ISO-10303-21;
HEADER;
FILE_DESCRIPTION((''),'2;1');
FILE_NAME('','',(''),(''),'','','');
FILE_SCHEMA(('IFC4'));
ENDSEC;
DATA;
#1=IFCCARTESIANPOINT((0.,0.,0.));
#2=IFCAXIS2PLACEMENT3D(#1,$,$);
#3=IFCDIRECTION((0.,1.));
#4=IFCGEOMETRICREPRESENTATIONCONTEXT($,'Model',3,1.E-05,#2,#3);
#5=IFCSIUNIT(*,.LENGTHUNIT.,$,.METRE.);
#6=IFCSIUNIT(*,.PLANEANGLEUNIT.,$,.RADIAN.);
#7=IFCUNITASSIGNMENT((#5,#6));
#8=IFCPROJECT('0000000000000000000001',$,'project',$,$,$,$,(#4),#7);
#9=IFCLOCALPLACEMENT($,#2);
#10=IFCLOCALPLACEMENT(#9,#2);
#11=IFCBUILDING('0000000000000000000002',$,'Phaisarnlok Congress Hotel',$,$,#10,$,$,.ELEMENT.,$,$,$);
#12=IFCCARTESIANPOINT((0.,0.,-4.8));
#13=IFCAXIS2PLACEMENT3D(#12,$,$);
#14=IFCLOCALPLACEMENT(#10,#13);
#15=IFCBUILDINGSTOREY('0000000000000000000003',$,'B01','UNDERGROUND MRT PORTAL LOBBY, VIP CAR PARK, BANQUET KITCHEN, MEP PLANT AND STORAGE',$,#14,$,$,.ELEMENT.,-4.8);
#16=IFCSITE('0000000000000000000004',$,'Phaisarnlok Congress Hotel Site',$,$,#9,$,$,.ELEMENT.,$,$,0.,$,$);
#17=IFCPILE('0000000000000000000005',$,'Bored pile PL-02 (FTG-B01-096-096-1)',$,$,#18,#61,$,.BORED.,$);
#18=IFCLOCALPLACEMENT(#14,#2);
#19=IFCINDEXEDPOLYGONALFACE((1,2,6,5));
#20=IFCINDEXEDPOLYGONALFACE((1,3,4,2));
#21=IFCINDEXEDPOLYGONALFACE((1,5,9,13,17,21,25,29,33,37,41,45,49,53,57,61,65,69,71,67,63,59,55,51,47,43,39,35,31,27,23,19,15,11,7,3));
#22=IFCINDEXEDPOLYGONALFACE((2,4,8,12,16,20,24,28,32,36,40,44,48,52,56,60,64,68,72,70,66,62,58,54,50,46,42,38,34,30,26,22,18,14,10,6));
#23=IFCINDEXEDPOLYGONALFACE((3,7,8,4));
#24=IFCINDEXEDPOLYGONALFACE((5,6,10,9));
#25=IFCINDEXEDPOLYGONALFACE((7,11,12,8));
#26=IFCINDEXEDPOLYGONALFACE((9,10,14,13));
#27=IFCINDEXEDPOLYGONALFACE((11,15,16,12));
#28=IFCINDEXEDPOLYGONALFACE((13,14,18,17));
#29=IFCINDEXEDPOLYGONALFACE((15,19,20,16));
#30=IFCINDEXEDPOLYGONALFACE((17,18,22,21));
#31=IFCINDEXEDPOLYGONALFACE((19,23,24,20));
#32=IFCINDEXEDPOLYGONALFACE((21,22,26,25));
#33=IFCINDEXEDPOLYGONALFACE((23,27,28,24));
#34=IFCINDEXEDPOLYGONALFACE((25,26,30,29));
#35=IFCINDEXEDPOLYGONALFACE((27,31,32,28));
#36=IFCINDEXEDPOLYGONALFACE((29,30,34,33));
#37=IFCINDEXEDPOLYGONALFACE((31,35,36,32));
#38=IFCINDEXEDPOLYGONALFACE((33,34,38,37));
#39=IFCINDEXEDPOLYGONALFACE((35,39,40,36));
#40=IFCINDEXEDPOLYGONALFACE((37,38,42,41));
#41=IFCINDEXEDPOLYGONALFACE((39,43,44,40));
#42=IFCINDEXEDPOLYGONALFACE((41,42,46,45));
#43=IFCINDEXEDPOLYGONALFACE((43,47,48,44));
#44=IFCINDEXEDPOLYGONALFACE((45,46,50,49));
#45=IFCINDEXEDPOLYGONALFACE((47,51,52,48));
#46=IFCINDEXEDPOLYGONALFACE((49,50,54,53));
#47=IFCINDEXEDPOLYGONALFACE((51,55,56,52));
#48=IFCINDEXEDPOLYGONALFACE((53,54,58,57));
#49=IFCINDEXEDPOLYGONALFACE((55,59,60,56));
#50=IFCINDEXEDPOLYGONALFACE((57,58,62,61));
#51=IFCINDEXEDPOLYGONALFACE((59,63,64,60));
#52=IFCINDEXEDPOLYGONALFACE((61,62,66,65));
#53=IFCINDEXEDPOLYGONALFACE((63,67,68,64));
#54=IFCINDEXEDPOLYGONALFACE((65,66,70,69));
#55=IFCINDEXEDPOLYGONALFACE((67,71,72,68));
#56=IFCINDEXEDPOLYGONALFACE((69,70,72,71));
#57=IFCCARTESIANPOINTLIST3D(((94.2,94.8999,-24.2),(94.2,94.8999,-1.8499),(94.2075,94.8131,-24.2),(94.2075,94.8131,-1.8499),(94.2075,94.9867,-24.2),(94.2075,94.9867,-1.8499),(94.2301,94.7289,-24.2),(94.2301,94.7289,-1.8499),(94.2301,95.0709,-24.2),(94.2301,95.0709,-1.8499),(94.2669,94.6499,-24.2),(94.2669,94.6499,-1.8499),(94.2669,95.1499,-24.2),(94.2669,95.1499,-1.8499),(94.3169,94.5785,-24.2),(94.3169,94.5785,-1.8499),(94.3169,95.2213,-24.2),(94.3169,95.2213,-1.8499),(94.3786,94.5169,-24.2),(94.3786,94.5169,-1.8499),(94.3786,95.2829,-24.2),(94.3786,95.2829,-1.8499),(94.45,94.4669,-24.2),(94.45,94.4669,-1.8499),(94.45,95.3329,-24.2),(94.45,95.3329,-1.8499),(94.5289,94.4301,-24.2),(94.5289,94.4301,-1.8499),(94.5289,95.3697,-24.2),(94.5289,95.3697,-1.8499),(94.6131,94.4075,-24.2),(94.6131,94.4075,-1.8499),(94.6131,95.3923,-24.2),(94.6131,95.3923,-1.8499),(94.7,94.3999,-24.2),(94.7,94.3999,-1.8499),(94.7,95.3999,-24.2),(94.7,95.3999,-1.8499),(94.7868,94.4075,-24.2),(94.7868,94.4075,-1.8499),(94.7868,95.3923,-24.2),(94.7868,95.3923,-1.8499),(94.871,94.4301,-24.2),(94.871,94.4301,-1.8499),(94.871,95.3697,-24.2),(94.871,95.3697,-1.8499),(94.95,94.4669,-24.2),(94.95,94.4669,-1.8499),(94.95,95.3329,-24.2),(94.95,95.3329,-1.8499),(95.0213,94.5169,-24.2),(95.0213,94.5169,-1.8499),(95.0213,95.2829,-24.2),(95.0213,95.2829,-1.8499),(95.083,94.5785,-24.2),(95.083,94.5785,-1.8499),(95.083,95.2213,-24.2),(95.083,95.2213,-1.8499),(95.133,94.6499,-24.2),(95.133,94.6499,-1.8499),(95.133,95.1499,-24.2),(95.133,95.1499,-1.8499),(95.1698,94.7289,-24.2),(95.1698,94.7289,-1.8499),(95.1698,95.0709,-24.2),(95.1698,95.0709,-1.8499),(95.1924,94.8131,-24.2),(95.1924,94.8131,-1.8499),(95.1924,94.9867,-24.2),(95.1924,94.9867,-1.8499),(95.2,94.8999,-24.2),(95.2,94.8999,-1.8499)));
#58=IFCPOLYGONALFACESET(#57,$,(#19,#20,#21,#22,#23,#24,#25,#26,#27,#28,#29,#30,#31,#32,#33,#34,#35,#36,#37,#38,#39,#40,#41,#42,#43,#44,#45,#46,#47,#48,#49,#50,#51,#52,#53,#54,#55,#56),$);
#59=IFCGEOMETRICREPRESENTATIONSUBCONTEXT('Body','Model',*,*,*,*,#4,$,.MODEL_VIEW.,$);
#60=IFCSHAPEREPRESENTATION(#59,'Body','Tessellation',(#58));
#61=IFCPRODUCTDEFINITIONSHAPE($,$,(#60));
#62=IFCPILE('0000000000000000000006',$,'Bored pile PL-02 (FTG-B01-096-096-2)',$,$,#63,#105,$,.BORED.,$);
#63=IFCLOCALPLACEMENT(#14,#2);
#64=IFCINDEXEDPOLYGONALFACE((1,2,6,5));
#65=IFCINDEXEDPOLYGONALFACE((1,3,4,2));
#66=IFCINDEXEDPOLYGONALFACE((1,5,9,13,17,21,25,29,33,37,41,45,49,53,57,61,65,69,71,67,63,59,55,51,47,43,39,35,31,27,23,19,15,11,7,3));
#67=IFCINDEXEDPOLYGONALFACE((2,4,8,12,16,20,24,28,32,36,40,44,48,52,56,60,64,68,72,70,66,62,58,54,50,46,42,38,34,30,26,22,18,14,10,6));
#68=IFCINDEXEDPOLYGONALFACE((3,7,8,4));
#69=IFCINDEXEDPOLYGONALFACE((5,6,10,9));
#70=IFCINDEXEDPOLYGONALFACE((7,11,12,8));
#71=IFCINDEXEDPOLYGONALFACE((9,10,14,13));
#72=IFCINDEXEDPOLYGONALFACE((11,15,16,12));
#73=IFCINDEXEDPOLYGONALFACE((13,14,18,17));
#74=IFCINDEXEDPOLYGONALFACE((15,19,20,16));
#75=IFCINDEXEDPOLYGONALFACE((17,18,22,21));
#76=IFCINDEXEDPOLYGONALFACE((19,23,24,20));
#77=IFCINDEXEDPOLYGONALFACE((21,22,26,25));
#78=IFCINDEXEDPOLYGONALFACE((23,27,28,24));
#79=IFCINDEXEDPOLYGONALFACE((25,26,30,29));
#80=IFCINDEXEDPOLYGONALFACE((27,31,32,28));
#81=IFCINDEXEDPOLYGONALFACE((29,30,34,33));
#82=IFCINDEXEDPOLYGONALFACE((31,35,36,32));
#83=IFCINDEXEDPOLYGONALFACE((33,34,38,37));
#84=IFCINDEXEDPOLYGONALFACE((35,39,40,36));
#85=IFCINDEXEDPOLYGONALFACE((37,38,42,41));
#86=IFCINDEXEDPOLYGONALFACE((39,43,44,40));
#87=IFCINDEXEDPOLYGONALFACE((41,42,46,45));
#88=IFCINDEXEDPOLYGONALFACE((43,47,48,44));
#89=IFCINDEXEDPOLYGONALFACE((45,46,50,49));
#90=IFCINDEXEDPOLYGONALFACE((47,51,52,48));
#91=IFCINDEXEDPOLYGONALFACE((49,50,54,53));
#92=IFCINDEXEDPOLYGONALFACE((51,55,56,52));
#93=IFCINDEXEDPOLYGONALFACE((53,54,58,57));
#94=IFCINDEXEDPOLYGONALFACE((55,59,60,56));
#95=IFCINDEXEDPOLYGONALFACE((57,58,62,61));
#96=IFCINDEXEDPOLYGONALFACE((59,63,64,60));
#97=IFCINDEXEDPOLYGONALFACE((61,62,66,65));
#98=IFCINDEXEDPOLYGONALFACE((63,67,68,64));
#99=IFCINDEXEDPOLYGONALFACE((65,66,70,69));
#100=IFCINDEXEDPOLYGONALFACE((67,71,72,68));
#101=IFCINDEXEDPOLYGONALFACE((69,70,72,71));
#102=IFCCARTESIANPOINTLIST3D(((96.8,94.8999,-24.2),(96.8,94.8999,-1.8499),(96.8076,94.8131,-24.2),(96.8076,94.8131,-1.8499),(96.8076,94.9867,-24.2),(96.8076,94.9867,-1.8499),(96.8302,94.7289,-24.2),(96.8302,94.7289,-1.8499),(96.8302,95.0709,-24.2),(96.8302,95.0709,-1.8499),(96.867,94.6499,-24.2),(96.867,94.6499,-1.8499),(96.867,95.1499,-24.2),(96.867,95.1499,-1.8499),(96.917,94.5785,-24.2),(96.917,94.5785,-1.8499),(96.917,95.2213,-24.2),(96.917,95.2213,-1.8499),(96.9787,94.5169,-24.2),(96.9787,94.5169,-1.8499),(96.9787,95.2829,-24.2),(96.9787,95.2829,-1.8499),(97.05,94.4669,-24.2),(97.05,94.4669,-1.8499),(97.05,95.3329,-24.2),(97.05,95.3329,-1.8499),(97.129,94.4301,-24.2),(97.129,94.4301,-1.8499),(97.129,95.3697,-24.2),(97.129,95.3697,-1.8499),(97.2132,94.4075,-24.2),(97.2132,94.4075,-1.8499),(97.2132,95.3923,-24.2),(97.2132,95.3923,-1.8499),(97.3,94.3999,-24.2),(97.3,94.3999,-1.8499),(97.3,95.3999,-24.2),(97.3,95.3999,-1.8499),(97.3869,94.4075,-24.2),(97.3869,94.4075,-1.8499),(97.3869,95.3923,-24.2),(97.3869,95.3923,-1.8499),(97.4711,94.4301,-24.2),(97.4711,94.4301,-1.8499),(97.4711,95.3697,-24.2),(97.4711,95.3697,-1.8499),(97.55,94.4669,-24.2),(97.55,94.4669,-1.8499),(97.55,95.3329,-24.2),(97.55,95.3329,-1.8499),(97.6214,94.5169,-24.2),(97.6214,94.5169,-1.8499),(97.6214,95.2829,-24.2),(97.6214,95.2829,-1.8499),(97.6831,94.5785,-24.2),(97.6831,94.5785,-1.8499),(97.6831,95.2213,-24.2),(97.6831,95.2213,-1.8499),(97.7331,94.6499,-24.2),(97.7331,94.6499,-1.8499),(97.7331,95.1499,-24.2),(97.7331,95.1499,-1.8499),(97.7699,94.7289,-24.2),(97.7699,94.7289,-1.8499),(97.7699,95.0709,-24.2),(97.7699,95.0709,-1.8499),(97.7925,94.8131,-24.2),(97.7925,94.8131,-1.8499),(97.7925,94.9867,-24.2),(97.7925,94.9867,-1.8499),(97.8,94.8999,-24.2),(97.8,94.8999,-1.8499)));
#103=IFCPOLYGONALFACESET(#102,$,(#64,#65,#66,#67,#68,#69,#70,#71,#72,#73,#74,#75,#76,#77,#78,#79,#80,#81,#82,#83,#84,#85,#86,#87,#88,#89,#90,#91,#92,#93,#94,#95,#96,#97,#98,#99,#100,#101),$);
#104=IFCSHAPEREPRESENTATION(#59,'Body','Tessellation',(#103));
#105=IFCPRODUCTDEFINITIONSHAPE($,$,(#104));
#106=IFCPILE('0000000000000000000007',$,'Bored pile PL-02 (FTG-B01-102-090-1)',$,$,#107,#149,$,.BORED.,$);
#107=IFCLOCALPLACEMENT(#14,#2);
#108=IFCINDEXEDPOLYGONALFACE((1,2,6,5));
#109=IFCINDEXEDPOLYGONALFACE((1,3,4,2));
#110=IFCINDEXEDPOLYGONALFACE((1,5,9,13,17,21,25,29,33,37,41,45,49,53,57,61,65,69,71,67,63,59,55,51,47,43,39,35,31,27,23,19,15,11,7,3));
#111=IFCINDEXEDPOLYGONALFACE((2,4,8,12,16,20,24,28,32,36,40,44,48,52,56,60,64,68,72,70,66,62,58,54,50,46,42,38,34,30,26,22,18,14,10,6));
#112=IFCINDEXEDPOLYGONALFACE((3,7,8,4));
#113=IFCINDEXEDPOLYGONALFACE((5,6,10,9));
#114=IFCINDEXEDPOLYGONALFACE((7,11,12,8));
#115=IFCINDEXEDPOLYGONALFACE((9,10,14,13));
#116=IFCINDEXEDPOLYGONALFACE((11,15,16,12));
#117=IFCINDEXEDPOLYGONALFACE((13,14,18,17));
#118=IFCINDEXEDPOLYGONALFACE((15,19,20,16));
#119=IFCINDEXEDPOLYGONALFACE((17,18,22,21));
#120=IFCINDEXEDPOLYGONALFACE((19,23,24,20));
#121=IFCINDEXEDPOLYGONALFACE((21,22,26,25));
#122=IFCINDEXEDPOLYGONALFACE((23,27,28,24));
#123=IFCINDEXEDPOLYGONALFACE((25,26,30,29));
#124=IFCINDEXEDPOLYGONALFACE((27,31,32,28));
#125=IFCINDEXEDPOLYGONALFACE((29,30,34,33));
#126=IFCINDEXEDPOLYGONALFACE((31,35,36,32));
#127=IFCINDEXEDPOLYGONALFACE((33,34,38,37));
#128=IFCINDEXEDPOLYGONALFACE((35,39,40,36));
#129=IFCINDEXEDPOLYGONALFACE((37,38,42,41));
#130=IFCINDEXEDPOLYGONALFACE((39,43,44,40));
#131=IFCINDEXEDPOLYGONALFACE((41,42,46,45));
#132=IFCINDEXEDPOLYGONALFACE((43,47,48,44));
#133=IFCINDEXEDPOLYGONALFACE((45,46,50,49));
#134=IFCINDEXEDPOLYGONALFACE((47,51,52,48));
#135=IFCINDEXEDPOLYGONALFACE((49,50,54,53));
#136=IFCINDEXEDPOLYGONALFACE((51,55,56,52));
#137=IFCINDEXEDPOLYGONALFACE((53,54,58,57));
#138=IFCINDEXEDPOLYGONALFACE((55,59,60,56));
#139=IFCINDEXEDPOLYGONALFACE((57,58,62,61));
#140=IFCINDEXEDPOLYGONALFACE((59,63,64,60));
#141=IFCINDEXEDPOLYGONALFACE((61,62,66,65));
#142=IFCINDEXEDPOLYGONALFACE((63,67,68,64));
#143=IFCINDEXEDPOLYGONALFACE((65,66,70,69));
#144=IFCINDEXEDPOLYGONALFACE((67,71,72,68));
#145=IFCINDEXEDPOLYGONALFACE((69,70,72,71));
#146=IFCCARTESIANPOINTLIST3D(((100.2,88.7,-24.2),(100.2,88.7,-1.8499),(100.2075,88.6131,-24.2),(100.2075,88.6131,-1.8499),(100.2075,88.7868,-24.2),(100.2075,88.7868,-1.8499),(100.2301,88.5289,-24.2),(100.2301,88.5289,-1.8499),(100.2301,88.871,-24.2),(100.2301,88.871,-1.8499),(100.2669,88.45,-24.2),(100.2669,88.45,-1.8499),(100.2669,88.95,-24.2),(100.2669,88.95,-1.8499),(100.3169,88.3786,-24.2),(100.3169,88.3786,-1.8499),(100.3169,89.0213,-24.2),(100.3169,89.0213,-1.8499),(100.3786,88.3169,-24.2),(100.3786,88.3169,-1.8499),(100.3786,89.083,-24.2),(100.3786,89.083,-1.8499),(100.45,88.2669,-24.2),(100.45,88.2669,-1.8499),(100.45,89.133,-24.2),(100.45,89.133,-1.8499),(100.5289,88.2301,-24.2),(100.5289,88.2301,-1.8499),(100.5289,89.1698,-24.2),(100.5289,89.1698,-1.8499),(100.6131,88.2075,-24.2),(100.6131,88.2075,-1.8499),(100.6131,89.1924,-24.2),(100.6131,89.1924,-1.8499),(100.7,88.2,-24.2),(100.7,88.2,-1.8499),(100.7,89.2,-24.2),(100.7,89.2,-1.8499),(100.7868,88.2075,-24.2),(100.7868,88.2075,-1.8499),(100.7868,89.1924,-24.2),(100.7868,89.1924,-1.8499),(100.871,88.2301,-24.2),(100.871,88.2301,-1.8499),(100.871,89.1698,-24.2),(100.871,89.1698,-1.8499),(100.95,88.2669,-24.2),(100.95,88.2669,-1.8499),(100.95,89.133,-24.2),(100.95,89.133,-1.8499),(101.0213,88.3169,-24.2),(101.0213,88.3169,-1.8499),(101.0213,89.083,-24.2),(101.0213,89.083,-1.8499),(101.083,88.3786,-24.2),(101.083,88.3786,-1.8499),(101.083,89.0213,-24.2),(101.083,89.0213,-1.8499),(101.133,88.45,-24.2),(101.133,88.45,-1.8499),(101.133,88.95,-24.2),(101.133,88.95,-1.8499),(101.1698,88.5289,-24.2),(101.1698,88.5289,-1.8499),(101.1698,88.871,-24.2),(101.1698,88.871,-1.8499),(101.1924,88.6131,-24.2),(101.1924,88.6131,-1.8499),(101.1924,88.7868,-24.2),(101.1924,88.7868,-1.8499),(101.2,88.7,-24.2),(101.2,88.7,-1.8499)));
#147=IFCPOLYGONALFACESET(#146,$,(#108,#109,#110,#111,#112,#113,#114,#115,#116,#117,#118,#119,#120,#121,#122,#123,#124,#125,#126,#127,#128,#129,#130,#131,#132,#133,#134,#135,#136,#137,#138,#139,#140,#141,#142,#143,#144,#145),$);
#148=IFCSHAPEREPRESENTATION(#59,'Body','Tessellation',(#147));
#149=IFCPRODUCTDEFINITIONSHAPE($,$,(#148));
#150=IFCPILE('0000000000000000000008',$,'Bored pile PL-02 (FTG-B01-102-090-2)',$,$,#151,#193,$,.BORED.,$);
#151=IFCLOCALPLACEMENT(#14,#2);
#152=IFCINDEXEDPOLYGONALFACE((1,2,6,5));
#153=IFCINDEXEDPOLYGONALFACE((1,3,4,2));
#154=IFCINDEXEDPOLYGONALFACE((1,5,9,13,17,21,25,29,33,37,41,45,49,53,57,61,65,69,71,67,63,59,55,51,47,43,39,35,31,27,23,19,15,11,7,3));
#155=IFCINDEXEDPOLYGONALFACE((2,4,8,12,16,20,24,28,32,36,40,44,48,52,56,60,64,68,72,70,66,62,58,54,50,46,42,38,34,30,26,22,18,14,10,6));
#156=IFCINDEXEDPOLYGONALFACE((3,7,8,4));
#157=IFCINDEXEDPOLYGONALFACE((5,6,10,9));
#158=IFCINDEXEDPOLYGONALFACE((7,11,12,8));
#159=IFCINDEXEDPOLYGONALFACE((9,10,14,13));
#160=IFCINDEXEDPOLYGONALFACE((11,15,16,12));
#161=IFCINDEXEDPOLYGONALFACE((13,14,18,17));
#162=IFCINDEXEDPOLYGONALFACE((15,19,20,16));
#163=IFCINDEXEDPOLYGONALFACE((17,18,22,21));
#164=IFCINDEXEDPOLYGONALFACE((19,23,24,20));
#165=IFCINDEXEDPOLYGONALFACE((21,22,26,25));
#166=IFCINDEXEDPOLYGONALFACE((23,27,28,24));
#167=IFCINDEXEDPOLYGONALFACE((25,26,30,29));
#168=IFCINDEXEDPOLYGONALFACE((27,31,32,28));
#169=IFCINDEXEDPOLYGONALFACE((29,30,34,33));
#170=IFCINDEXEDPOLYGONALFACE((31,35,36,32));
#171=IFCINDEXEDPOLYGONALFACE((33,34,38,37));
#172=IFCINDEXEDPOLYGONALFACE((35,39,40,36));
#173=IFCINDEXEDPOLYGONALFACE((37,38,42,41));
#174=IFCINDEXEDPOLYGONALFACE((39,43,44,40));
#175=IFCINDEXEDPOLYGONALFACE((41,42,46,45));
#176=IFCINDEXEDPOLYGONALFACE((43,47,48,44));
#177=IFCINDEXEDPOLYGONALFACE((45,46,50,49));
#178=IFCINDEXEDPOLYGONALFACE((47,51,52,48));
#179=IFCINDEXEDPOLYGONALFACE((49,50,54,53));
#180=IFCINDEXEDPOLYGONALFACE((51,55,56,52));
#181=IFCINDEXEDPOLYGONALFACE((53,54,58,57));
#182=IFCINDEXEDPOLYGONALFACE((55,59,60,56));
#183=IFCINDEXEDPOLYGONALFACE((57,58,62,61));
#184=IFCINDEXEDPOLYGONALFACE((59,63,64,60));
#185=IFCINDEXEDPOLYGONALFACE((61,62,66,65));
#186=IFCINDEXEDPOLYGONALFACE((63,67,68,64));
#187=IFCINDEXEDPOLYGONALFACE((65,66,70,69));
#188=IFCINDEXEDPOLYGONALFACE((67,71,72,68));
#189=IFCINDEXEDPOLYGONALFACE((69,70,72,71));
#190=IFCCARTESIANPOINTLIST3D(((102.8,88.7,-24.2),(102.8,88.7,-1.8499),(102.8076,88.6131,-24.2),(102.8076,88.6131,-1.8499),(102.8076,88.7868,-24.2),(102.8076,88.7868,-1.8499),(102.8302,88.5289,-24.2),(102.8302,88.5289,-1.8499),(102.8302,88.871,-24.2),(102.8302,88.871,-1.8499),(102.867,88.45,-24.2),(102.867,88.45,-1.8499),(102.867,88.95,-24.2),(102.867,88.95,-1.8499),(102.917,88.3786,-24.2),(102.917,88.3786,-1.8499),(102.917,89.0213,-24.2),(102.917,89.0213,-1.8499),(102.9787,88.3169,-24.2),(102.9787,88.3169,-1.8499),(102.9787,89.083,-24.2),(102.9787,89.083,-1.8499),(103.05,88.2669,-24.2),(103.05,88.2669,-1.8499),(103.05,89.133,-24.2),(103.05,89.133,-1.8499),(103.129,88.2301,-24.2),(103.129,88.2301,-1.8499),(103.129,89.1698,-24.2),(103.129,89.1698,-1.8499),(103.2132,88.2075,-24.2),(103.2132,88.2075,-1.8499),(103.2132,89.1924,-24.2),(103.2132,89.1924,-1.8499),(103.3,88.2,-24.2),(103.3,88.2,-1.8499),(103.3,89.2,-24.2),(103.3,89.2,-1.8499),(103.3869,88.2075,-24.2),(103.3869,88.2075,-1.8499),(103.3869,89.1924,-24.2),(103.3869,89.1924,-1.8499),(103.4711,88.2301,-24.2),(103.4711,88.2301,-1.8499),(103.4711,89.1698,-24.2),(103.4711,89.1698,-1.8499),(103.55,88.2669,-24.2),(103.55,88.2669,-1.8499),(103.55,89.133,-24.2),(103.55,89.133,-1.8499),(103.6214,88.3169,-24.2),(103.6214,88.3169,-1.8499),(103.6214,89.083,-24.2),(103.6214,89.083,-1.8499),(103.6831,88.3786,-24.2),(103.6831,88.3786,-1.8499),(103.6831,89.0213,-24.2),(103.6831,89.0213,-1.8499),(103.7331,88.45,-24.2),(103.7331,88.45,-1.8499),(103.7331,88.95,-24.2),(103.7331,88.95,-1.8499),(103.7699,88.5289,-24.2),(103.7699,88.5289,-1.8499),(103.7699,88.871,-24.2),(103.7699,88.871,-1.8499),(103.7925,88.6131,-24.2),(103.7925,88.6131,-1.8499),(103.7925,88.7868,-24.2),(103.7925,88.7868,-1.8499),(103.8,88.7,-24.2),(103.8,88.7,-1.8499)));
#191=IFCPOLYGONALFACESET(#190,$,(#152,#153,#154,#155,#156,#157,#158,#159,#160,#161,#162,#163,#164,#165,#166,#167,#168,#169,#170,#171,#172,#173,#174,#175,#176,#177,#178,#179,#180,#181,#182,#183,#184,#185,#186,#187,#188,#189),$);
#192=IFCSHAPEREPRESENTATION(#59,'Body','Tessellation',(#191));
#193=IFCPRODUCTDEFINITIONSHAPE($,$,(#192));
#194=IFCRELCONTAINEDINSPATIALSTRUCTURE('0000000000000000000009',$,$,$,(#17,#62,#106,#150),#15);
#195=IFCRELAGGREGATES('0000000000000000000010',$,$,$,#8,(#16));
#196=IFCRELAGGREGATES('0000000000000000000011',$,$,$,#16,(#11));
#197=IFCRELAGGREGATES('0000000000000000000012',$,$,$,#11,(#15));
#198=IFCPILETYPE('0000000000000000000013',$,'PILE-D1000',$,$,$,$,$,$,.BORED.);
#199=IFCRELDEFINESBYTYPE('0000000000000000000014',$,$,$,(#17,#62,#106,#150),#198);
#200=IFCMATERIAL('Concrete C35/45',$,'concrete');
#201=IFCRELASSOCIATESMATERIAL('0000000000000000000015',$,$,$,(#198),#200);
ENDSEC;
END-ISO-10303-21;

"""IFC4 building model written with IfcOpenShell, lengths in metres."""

from ifc_helpers import new_model, si_unit, direction, frame, origin, origin_2d, place, context, subcontext, project, spatial, circle, extrude, material, material_profile, profile_set, type_object, element, save


model = new_model("IFC4")

# Units and contexts
model_context = context("Model", 3, precision=1e-05, world=origin(), true_north=direction((0.0, 1.0)))
body_context = subcontext(model_context, "Body", "Model", "MODEL_VIEW")
ifc_project = project(units=[si_unit("LENGTHUNIT", "METRE"), si_unit("PLANEANGLEUNIT", "RADIAN")], contexts=[model_context])

# Site, building, storey
site_placement = place(None, origin())
site = spatial("IfcSite", under=ifc_project, at=site_placement, Name="Phaisarnlok Congress Hotel Site", CompositionType="ELEMENT", RefElevation=0.0)
building_placement = place(site_placement, origin())
building = spatial("IfcBuilding", under=site, at=building_placement, Name="Phaisarnlok Congress Hotel", CompositionType="ELEMENT")
storey_placement = place(building_placement, frame((0.0, 0.0, -4.8)))
storey = spatial("IfcBuildingStorey", under=building, at=storey_placement, Name="B01", Description="UNDERGROUND MRT PORTAL LOBBY, VIP CAR PARK, BANQUET KITCHEN, MEP PLANT AND STORAGE", CompositionType="ELEMENT", Elevation=-4.8)

# Piles
ifc_material_1 = material(Name="Concrete C35/45", Category="concrete")
ifc_material_profile_1 = material_profile(ifc_material_1, circle(Radius=0.5, at=origin_2d()), Name="BORED PILE D1000")
ifc_profile_set_1 = profile_set([ifc_material_profile_1], Name="Concrete C35/45")
pile_type_1 = type_object("IfcPileType", Name="PILE-D1000", PredefinedType="BORED", material=ifc_profile_set_1)
for number, where, z_axis, x_axis, name in (
    (1, (94.7, 94.8999, -1.8499), (0.0, 0.0, -1.0), (1.0, 0.0, 0.0), "Bored pile PL-02 (FTG-B01-096-096-1)"),
    (2, (97.3, 94.8999, -1.8499), (0.0, 0.0, -1.0), (1.0, 0.0, 0.0), "Bored pile PL-02 (FTG-B01-096-096-2)"),
    (3, (100.7, 88.7, -1.8499), (0.0, 0.0, -1.0), (1.0, 0.0, 0.0), "Bored pile PL-02 (FTG-B01-102-090-1)"),
    (4, (103.3, 88.7, -1.8499), (0.0, 0.0, -1.0), (1.0, 0.0, 0.0), "Bored pile PL-02 (FTG-B01-102-090-2)"),
):
    element("IfcPile", number, at=place(storey_placement, frame(where, z_axis=z_axis, x_axis=x_axis)), inside=storey, type_object=pile_type_1, Name=name, PredefinedType="BORED", context=body_context, shape_type="SweptSolid", body=[
        extrude(circle(Radius=0.5, at=origin_2d()), origin(), (0.0, 0.0, 1.0), 22.3501),
    ])

save(model, "model.ifc")
